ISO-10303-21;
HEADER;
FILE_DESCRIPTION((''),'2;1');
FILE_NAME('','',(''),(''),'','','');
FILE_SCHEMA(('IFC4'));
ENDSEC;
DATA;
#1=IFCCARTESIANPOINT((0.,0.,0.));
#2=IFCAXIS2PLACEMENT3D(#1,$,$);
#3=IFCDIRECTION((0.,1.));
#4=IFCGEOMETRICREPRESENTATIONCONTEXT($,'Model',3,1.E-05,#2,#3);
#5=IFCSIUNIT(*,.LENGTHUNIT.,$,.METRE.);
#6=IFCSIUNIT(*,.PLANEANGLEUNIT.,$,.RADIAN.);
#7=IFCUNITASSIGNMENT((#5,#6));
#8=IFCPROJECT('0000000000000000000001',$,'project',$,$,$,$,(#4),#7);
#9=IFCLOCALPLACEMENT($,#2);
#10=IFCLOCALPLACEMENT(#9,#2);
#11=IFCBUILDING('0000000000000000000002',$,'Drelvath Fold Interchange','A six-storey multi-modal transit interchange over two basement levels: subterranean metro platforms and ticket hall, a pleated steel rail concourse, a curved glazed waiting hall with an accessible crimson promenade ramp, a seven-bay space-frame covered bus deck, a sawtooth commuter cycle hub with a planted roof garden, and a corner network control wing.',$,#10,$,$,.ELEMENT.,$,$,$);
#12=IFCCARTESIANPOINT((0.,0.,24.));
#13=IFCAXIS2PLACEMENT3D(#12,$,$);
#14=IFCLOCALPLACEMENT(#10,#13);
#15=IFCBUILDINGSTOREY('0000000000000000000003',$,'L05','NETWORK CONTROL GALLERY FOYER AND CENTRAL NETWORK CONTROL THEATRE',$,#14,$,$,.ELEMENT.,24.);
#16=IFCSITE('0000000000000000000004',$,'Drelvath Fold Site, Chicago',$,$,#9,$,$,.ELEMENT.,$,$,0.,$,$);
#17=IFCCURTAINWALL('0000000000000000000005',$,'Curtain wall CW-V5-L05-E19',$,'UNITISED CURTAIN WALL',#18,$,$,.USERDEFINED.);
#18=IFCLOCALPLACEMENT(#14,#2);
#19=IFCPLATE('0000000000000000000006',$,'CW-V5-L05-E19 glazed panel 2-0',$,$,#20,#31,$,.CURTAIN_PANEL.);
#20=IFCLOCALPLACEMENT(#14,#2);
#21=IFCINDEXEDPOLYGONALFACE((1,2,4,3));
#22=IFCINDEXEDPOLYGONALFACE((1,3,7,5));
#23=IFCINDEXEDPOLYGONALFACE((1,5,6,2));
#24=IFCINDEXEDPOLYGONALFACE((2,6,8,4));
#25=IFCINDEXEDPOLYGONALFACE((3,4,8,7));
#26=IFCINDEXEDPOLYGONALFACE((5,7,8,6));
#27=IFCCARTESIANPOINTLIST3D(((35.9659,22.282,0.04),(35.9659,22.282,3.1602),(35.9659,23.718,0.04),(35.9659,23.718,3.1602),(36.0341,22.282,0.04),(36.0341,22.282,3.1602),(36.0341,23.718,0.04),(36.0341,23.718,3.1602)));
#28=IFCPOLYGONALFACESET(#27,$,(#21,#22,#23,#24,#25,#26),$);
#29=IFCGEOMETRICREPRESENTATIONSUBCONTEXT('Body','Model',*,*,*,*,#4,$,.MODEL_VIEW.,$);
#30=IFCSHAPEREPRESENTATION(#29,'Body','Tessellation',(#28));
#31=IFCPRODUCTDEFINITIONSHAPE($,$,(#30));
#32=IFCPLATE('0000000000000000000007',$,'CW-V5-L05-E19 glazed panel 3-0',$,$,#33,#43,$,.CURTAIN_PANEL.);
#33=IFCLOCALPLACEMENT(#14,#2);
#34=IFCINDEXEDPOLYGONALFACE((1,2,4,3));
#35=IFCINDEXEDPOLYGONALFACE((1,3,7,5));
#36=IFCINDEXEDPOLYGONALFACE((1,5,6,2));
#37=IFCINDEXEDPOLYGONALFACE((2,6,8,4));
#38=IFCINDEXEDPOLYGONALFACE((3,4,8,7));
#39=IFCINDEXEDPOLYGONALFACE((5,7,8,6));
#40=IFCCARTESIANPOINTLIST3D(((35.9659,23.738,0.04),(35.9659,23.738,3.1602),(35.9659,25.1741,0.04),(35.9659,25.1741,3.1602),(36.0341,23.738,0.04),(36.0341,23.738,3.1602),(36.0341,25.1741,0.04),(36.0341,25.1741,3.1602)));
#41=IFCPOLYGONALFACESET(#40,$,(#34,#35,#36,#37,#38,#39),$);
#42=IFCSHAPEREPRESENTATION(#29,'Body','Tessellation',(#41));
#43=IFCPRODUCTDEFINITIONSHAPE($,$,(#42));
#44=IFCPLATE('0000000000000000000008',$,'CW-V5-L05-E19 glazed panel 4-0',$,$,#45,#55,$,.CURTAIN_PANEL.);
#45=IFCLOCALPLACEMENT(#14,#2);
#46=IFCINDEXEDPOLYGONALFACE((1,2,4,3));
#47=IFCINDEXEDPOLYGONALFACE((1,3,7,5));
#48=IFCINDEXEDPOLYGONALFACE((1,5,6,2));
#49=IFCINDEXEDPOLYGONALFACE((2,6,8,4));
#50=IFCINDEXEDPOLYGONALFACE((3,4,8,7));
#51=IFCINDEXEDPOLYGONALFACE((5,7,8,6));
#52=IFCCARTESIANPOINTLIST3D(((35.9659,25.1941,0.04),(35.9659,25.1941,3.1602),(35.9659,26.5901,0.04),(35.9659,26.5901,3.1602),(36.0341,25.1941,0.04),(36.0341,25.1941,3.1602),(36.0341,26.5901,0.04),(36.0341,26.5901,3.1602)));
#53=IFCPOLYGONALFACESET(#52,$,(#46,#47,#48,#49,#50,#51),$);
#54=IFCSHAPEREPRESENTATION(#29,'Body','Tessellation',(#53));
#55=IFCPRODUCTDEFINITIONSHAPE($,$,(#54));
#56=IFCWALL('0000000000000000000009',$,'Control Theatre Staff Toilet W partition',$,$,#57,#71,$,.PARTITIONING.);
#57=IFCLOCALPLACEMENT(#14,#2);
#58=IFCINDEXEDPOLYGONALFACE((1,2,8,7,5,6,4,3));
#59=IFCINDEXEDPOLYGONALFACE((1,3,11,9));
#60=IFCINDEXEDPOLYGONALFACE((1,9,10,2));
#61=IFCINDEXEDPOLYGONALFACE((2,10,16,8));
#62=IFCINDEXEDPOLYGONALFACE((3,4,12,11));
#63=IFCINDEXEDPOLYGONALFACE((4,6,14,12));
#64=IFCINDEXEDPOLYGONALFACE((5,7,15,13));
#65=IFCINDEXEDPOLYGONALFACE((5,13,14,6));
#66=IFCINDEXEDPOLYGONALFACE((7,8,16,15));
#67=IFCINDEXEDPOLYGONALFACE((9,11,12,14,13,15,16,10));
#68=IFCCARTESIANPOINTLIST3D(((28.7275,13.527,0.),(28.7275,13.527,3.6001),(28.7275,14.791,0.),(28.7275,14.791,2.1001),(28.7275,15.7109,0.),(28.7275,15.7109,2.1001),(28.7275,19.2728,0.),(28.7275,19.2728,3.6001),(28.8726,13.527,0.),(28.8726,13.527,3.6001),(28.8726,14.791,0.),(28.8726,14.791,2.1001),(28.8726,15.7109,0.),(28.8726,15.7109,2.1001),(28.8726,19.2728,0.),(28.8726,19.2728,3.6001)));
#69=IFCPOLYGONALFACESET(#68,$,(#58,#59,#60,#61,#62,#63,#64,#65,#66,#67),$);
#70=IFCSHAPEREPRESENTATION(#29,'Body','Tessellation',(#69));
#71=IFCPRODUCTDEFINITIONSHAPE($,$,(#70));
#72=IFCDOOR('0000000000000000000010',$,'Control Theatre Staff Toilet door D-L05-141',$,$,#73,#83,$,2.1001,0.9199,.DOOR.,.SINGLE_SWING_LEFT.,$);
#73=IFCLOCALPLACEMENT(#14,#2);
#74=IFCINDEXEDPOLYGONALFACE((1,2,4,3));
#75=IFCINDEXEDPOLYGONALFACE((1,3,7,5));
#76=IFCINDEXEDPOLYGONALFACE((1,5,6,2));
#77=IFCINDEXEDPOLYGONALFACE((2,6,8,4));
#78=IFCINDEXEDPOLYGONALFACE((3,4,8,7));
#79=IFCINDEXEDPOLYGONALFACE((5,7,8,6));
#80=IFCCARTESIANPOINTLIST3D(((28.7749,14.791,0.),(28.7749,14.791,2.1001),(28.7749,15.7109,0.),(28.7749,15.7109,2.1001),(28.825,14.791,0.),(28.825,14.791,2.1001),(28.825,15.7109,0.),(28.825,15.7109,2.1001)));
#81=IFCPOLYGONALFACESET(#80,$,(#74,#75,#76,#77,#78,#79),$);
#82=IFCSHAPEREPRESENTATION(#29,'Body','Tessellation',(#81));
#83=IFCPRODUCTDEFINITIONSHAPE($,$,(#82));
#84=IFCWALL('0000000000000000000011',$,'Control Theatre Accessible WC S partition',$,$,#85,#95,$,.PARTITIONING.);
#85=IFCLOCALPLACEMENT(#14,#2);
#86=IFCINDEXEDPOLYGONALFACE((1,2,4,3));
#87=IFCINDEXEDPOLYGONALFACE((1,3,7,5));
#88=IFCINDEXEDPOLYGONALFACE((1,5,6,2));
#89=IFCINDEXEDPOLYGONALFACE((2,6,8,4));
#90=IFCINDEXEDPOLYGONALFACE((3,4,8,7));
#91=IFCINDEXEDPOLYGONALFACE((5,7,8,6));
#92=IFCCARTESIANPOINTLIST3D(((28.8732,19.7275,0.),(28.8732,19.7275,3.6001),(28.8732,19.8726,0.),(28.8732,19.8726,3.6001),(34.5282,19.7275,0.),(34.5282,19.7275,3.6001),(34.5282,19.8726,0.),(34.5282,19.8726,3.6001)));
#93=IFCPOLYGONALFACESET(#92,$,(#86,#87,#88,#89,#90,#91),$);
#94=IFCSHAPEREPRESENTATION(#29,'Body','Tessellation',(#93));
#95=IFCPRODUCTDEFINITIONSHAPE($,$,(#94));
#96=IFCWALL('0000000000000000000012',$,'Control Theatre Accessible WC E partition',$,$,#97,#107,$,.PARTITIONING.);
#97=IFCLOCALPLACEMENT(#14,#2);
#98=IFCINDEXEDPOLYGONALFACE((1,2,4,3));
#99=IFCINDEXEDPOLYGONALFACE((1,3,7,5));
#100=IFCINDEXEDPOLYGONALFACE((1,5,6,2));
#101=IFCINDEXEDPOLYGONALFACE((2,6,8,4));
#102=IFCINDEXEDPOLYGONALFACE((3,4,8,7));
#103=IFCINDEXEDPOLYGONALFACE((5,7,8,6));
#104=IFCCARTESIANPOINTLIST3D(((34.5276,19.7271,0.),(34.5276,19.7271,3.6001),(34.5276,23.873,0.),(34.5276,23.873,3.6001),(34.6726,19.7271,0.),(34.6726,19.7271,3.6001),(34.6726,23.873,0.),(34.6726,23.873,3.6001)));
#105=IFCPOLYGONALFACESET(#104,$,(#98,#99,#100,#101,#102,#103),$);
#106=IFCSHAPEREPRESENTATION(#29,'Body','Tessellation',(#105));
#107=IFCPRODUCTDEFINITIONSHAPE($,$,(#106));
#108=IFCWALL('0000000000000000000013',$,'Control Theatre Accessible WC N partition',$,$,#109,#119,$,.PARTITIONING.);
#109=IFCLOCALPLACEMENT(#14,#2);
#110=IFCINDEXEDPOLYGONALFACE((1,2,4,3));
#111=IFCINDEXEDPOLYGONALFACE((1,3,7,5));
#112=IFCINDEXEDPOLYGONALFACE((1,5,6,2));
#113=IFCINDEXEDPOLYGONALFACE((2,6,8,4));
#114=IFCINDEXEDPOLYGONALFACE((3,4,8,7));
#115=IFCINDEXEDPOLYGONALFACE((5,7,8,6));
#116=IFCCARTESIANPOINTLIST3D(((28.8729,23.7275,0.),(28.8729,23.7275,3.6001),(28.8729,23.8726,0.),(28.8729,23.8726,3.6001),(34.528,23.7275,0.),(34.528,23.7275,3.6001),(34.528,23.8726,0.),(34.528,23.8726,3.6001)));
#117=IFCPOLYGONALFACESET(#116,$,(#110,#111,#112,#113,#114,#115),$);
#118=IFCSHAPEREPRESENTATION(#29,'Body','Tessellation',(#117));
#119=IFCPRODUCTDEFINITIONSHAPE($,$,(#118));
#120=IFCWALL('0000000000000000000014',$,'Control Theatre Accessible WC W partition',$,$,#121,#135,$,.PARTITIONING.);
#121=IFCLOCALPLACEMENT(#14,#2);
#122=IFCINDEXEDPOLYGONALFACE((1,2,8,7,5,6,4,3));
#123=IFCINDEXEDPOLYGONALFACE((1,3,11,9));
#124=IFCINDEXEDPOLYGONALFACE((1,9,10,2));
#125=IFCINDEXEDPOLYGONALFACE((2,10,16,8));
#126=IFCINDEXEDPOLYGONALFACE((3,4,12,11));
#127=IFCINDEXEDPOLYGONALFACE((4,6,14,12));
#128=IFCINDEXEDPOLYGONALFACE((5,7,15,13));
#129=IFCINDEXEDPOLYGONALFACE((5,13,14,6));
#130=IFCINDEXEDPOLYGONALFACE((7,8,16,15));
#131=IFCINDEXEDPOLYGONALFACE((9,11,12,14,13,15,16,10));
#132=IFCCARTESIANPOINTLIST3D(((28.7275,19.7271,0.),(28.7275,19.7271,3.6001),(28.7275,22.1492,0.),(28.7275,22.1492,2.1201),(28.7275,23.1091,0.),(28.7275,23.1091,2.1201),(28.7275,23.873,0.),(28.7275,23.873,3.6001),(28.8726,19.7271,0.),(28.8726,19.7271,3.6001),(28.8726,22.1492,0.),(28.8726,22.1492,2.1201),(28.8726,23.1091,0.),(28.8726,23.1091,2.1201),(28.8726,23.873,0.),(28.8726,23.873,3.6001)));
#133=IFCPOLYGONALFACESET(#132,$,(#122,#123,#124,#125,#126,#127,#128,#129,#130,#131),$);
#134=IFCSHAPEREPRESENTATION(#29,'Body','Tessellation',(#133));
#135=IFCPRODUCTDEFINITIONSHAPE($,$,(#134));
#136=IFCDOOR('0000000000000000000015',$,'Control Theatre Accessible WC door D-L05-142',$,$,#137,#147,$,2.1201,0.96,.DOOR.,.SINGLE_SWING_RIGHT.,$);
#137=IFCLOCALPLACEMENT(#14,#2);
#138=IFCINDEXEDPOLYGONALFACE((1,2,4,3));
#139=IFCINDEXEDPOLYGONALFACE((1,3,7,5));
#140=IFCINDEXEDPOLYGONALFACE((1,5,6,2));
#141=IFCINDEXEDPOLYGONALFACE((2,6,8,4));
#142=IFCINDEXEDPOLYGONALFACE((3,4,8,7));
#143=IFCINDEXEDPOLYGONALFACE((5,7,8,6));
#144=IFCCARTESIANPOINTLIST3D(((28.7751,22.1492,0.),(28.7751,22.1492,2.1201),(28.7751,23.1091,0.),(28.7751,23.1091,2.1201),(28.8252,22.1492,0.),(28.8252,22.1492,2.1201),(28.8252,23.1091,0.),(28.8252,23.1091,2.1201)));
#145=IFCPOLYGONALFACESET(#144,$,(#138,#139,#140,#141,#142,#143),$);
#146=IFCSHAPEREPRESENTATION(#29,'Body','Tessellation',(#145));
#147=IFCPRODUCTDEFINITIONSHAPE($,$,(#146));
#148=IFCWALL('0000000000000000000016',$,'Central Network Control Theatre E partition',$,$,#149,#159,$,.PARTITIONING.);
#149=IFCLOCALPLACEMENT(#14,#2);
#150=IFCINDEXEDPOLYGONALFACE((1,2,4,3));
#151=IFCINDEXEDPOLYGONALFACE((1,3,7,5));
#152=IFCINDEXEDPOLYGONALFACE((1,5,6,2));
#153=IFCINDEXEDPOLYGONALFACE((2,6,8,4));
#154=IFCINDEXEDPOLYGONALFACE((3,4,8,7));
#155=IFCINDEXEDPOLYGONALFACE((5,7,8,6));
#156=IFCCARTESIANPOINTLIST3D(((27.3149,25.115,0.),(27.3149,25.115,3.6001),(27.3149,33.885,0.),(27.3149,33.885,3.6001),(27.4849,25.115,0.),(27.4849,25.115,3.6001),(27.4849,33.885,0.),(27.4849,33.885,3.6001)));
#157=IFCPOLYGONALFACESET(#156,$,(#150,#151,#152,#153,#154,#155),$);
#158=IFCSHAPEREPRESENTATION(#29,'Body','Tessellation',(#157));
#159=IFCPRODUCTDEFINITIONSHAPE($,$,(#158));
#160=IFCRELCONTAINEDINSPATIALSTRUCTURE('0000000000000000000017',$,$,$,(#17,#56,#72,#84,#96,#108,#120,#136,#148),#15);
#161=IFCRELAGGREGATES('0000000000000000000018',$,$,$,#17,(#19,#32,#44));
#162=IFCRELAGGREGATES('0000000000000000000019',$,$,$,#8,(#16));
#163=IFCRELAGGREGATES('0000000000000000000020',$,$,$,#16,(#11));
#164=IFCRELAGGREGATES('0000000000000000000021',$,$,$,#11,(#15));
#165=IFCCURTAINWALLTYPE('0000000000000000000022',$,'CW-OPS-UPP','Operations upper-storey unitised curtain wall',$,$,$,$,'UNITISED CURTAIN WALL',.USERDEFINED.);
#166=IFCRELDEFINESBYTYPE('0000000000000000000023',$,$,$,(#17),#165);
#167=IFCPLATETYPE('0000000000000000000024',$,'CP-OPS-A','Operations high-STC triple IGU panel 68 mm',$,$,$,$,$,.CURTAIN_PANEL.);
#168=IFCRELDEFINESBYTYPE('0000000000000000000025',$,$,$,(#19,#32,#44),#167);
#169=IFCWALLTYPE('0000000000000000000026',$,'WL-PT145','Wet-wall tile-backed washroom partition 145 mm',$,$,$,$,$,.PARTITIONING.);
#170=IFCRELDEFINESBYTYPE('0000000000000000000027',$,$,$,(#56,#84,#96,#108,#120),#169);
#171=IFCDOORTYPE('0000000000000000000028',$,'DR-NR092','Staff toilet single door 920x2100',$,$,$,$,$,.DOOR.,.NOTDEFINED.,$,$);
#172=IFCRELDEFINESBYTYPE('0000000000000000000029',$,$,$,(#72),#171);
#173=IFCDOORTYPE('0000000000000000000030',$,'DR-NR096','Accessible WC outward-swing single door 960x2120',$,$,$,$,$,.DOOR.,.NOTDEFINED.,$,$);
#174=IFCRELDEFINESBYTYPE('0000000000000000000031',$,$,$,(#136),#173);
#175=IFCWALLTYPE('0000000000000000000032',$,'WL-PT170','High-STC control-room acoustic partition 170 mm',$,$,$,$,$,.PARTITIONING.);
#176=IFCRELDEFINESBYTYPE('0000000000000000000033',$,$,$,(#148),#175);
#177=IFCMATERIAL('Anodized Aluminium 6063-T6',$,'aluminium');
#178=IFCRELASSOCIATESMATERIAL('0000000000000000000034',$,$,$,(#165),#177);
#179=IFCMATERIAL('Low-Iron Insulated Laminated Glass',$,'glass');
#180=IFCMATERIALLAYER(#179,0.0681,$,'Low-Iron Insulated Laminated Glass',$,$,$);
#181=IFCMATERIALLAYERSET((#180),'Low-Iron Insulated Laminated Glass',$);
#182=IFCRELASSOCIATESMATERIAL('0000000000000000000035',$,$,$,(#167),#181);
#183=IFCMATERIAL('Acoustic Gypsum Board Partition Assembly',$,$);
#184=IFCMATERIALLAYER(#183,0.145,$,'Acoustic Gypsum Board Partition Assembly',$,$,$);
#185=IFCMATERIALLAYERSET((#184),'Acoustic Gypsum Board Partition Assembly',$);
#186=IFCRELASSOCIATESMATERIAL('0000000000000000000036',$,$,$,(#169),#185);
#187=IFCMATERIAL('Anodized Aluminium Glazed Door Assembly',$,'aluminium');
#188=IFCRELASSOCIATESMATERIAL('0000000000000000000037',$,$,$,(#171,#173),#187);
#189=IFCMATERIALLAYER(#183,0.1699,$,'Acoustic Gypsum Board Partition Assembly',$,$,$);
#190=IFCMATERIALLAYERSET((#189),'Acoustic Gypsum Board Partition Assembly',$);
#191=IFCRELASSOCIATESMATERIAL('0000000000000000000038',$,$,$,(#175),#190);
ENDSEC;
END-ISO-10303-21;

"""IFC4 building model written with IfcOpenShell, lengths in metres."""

from ifc_helpers import new_model, si_unit, direction, frame, frame_2d, origin, origin_2d, place, context, subcontext, project, spatial, rectangle, extrude, material, layer, layer_set, type_object, element, fill, aggregate, save


model = new_model("IFC4")

# Units and contexts
model_context = context("Model", 3, precision=1e-05, world=origin(), true_north=direction((0.0, 1.0)))
body_context = subcontext(model_context, "Body", "Model", "MODEL_VIEW")
ifc_project = project(units=[si_unit("LENGTHUNIT", "METRE"), si_unit("PLANEANGLEUNIT", "RADIAN")], contexts=[model_context])

# Site, building, storey
site_placement = place(None, origin())
site = spatial("IfcSite", under=ifc_project, at=site_placement, Name="Drelvath Fold Site, Chicago", CompositionType="ELEMENT", RefElevation=0.0)
building_placement = place(site_placement, origin())
building = spatial("IfcBuilding", under=site, at=building_placement, Name="Drelvath Fold Interchange", Description="A six-storey multi-modal transit interchange over two basement levels: subterranean metro platforms and ticket hall, a pleated steel rail concourse, a curved glazed waiting hall with an accessible crimson promenade ramp, a seven-bay space-frame covered bus deck, a sawtooth commuter cycle hub with a planted roof garden, and a corner network control wing.", CompositionType="ELEMENT")
storey_placement = place(building_placement, frame((0.0, 0.0, 24.0)))
storey = spatial("IfcBuildingStorey", under=building, at=storey_placement, Name="L05", Description="NETWORK CONTROL GALLERY FOYER AND CENTRAL NETWORK CONTROL THEATRE", CompositionType="ELEMENT", Elevation=24.0)

# Curtain wall
ifc_material_1 = material(Name="Anodized Aluminium 6063-T6", Category="aluminium")
curtain_wall_type_1 = type_object("IfcCurtainWallType", Name="CW-OPS-UPP", Description="Operations upper-storey unitised curtain wall", ElementType="UNITISED CURTAIN WALL", PredefinedType="USERDEFINED", material=ifc_material_1)
curtain_wall_1_placement = place(storey_placement, origin())
curtain_wall_1 = element("IfcCurtainWall", 1, at=curtain_wall_1_placement, inside=storey, type_object=curtain_wall_type_1, Name="Curtain wall CW-V5-L05-E19", ObjectType="UNITISED CURTAIN WALL", PredefinedType="USERDEFINED")

# Plates
ifc_material_2 = material(Name="Low-Iron Insulated Laminated Glass", Category="glass")
ifc_layer_1 = layer(ifc_material_2, 0.0681, Name="Low-Iron Insulated Laminated Glass")
ifc_layer_set_1 = layer_set([ifc_layer_1], Name="Low-Iron Insulated Laminated Glass")
plate_type = type_object("IfcPlateType", Name="CP-OPS-A", Description="Operations high-STC triple IGU panel 68 mm", PredefinedType="CURTAIN_PANEL", material=ifc_layer_set_1)
plate_1_placement = place(storey_placement, frame((36.0, 23.0, 0.04), z_axis=(0.0, 0.0, 1.0), x_axis=(0.0, 1.0, 0.0)))
plate_1 = element("IfcPlate", 2, at=plate_1_placement, type_object=plate_type, Name="CW-V5-L05-E19 glazed panel 2-0", PredefinedType="CURTAIN_PANEL", context=body_context, shape_type="SweptSolid", body=[
    extrude(rectangle(XDim=1.436, YDim=0.0681, at=origin_2d()), origin(), (0.0, 0.0, 1.0), 3.1201),
])
plate_2_placement = place(storey_placement, frame((36.0, 24.4561, 0.04), z_axis=(0.0, 0.0, 1.0), x_axis=(0.0, 1.0, 0.0)))
plate_2 = element("IfcPlate", 3, at=plate_2_placement, type_object=plate_type, Name="CW-V5-L05-E19 glazed panel 3-0", PredefinedType="CURTAIN_PANEL", context=body_context, shape_type="SweptSolid", body=[
    extrude(rectangle(XDim=1.436, YDim=0.0681, at=origin_2d()), origin(), (0.0, 0.0, 1.0), 3.1201),
])
plate_3_placement = place(storey_placement, frame((36.0, 25.8921, 0.04), z_axis=(0.0, 0.0, 1.0), x_axis=(0.0, 1.0, 0.0)))
plate_3 = element("IfcPlate", 4, at=plate_3_placement, type_object=plate_type, Name="CW-V5-L05-E19 glazed panel 4-0", PredefinedType="CURTAIN_PANEL", context=body_context, shape_type="SweptSolid", body=[
    extrude(rectangle(XDim=1.396, YDim=0.0681, at=origin_2d()), origin(), (0.0, 0.0, 1.0), 3.1201),
])
aggregate(curtain_wall_1, [plate_1, plate_2, plate_3])

# Wall, opening, door
ifc_material_3 = material(Name="Acoustic Gypsum Board Partition Assembly")
ifc_layer_2 = layer(ifc_material_3, 0.145, Name="Acoustic Gypsum Board Partition Assembly")
ifc_layer_set_2 = layer_set([ifc_layer_2], Name="Acoustic Gypsum Board Partition Assembly")
wall_type_1 = type_object("IfcWallType", Name="WL-PT145", Description="Wet-wall tile-backed washroom partition 145 mm", PredefinedType="PARTITIONING", material=ifc_layer_set_2)
wall_1_placement = place(storey_placement, frame((28.8, 19.2729, 0.0), z_axis=(0.0, 0.0, 1.0), x_axis=(0.0, -1.0, 0.0)))
wall_1 = element("IfcWall", 5, at=wall_1_placement, inside=storey, type_object=wall_type_1, Name="Control Theatre Staff Toilet W partition", PredefinedType="PARTITIONING", context=body_context, shape_type="SweptSolid", body=[
    extrude(rectangle(XDim=5.7458, YDim=0.145, at=frame_2d((2.873, 0.0))), origin(), (0.0, 0.0, 1.0), 3.6001),
])
opening_1_placement = place(wall_1_placement, frame((3.562, 0.0, 0.0)))
opening_1 = element("IfcOpeningElement", 6, at=opening_1_placement, cuts=wall_1, PredefinedType="OPENING", context=body_context, shape_type="SweptSolid", body=[
    extrude(rectangle(XDim=0.9199, YDim=2.1001, at=frame_2d((0.46, 1.05))), frame((0.0, 0.0825, 0.0), z_axis=(0.0, -1.0, 0.0), x_axis=(1.0, 0.0, 0.0)), (0.0, 0.0, 1.0), 0.165),
])
ifc_material_4 = material(Name="Anodized Aluminium Glazed Door Assembly", Category="aluminium")
door_type_1 = type_object("IfcDoorType", Name="DR-NR092", Description="Staff toilet single door 920x2100", OperationType="NOTDEFINED", PredefinedType="DOOR", material=ifc_material_4)
door_1_placement = place(opening_1_placement, origin())
door_1 = element("IfcDoor", 7, at=door_1_placement, inside=storey, type_object=door_type_1, Name="Control Theatre Staff Toilet door D-L05-141", OperationType="SINGLE_SWING_LEFT", OverallHeight=2.1001, OverallWidth=0.9199, PredefinedType="DOOR", context=body_context, shape_type="SweptSolid", body=[
    extrude(rectangle(XDim=0.9199, YDim=2.1001, at=frame_2d((0.46, 1.05))), frame((0.0, 0.0249, 0.0), z_axis=(0.0, -1.0, 0.0), x_axis=(1.0, 0.0, 0.0)), (0.0, 0.0, 1.0), 0.05),
])
fill(opening_1, door_1)

# Walls
wall_2_placement = place(storey_placement, frame((28.873, 19.8, 0.0), z_axis=(0.0, 0.0, 1.0), x_axis=(1.0, 0.0, 0.0)))
element("IfcWall", 8, at=wall_2_placement, inside=storey, type_object=wall_type_1, Name="Control Theatre Accessible WC S partition", PredefinedType="PARTITIONING", context=body_context, shape_type="SweptSolid", body=[
    extrude(rectangle(XDim=5.655, YDim=0.145, at=frame_2d((2.8276, 0.0))), origin(), (0.0, 0.0, 1.0), 3.6001),
])
wall_3_placement = place(storey_placement, frame((34.6001, 19.7271, 0.0), z_axis=(0.0, 0.0, 1.0), x_axis=(0.0, 1.0, 0.0)))
element("IfcWall", 9, at=wall_3_placement, inside=storey, type_object=wall_type_1, Name="Control Theatre Accessible WC E partition", PredefinedType="PARTITIONING", context=body_context, shape_type="SweptSolid", body=[
    extrude(rectangle(XDim=4.146, YDim=0.145, at=frame_2d((2.073, 0.0))), origin(), (0.0, 0.0, 1.0), 3.6001),
])
wall_4_placement = place(storey_placement, frame((34.5281, 23.8, 0.0), z_axis=(0.0, 0.0, 1.0), x_axis=(-1.0, 0.0, 0.0)))
element("IfcWall", 10, at=wall_4_placement, inside=storey, type_object=wall_type_1, Name="Control Theatre Accessible WC N partition", PredefinedType="PARTITIONING", context=body_context, shape_type="SweptSolid", body=[
    extrude(rectangle(XDim=5.655, YDim=0.145, at=frame_2d((2.8276, 0.0))), origin(), (0.0, 0.0, 1.0), 3.6001),
])

# Wall, opening, door
wall_5_placement = place(storey_placement, frame((28.8, 23.873, 0.0), z_axis=(0.0, 0.0, 1.0), x_axis=(0.0, -1.0, 0.0)))
wall_5 = element("IfcWall", 11, at=wall_5_placement, inside=storey, type_object=wall_type_1, Name="Control Theatre Accessible WC W partition", PredefinedType="PARTITIONING", context=body_context, shape_type="SweptSolid", body=[
    extrude(rectangle(XDim=4.146, YDim=0.145, at=frame_2d((2.073, 0.0))), origin(), (0.0, 0.0, 1.0), 3.6001),
])
opening_2_placement = place(wall_5_placement, frame((0.7639, 0.0, 0.0)))
opening_2 = element("IfcOpeningElement", 12, at=opening_2_placement, cuts=wall_5, PredefinedType="OPENING", context=body_context, shape_type="SweptSolid", body=[
    extrude(rectangle(XDim=0.96, YDim=2.1201, at=frame_2d((0.48, 1.0601))), frame((0.0, 0.0825, 0.0), z_axis=(0.0, -1.0, 0.0), x_axis=(1.0, 0.0, 0.0)), (0.0, 0.0, 1.0), 0.165),
])
door_type_2 = type_object("IfcDoorType", Name="DR-NR096", Description="Accessible WC outward-swing single door 960x2120", OperationType="NOTDEFINED", PredefinedType="DOOR", material=ifc_material_4)
door_2_placement = place(opening_2_placement, frame((0.96, 0.0, 0.0), z_axis=(0.0, 0.0, 1.0), x_axis=(-1.0, 0.0, 0.0)))
door_2 = element("IfcDoor", 13, at=door_2_placement, inside=storey, type_object=door_type_2, Name="Control Theatre Accessible WC door D-L05-142", OperationType="SINGLE_SWING_RIGHT", OverallHeight=2.1201, OverallWidth=0.96, PredefinedType="DOOR", context=body_context, shape_type="SweptSolid", body=[
    extrude(rectangle(XDim=0.96, YDim=2.1201, at=frame_2d((0.48, 1.0601))), frame((0.0, 0.0249, 0.0), z_axis=(0.0, -1.0, 0.0), x_axis=(1.0, 0.0, 0.0)), (0.0, 0.0, 1.0), 0.05),
])
fill(opening_2, door_2)

# Wall
ifc_layer_3 = layer(ifc_material_3, 0.1699, Name="Acoustic Gypsum Board Partition Assembly")
ifc_layer_set_3 = layer_set([ifc_layer_3], Name="Acoustic Gypsum Board Partition Assembly")
wall_type_2 = type_object("IfcWallType", Name="WL-PT170", Description="High-STC control-room acoustic partition 170 mm", PredefinedType="PARTITIONING", material=ifc_layer_set_3)
wall_6_placement = place(storey_placement, frame((27.3999, 25.115, 0.0), z_axis=(0.0, 0.0, 1.0), x_axis=(0.0, 1.0, 0.0)))
element("IfcWall", 14, at=wall_6_placement, inside=storey, type_object=wall_type_2, Name="Central Network Control Theatre E partition", PredefinedType="PARTITIONING", context=body_context, shape_type="SweptSolid", body=[
    extrude(rectangle(XDim=8.77, YDim=0.1699, at=frame_2d((4.385, 0.0))), origin(), (0.0, 0.0, 1.0), 3.6001),
])

save(model, "model.ifc")
